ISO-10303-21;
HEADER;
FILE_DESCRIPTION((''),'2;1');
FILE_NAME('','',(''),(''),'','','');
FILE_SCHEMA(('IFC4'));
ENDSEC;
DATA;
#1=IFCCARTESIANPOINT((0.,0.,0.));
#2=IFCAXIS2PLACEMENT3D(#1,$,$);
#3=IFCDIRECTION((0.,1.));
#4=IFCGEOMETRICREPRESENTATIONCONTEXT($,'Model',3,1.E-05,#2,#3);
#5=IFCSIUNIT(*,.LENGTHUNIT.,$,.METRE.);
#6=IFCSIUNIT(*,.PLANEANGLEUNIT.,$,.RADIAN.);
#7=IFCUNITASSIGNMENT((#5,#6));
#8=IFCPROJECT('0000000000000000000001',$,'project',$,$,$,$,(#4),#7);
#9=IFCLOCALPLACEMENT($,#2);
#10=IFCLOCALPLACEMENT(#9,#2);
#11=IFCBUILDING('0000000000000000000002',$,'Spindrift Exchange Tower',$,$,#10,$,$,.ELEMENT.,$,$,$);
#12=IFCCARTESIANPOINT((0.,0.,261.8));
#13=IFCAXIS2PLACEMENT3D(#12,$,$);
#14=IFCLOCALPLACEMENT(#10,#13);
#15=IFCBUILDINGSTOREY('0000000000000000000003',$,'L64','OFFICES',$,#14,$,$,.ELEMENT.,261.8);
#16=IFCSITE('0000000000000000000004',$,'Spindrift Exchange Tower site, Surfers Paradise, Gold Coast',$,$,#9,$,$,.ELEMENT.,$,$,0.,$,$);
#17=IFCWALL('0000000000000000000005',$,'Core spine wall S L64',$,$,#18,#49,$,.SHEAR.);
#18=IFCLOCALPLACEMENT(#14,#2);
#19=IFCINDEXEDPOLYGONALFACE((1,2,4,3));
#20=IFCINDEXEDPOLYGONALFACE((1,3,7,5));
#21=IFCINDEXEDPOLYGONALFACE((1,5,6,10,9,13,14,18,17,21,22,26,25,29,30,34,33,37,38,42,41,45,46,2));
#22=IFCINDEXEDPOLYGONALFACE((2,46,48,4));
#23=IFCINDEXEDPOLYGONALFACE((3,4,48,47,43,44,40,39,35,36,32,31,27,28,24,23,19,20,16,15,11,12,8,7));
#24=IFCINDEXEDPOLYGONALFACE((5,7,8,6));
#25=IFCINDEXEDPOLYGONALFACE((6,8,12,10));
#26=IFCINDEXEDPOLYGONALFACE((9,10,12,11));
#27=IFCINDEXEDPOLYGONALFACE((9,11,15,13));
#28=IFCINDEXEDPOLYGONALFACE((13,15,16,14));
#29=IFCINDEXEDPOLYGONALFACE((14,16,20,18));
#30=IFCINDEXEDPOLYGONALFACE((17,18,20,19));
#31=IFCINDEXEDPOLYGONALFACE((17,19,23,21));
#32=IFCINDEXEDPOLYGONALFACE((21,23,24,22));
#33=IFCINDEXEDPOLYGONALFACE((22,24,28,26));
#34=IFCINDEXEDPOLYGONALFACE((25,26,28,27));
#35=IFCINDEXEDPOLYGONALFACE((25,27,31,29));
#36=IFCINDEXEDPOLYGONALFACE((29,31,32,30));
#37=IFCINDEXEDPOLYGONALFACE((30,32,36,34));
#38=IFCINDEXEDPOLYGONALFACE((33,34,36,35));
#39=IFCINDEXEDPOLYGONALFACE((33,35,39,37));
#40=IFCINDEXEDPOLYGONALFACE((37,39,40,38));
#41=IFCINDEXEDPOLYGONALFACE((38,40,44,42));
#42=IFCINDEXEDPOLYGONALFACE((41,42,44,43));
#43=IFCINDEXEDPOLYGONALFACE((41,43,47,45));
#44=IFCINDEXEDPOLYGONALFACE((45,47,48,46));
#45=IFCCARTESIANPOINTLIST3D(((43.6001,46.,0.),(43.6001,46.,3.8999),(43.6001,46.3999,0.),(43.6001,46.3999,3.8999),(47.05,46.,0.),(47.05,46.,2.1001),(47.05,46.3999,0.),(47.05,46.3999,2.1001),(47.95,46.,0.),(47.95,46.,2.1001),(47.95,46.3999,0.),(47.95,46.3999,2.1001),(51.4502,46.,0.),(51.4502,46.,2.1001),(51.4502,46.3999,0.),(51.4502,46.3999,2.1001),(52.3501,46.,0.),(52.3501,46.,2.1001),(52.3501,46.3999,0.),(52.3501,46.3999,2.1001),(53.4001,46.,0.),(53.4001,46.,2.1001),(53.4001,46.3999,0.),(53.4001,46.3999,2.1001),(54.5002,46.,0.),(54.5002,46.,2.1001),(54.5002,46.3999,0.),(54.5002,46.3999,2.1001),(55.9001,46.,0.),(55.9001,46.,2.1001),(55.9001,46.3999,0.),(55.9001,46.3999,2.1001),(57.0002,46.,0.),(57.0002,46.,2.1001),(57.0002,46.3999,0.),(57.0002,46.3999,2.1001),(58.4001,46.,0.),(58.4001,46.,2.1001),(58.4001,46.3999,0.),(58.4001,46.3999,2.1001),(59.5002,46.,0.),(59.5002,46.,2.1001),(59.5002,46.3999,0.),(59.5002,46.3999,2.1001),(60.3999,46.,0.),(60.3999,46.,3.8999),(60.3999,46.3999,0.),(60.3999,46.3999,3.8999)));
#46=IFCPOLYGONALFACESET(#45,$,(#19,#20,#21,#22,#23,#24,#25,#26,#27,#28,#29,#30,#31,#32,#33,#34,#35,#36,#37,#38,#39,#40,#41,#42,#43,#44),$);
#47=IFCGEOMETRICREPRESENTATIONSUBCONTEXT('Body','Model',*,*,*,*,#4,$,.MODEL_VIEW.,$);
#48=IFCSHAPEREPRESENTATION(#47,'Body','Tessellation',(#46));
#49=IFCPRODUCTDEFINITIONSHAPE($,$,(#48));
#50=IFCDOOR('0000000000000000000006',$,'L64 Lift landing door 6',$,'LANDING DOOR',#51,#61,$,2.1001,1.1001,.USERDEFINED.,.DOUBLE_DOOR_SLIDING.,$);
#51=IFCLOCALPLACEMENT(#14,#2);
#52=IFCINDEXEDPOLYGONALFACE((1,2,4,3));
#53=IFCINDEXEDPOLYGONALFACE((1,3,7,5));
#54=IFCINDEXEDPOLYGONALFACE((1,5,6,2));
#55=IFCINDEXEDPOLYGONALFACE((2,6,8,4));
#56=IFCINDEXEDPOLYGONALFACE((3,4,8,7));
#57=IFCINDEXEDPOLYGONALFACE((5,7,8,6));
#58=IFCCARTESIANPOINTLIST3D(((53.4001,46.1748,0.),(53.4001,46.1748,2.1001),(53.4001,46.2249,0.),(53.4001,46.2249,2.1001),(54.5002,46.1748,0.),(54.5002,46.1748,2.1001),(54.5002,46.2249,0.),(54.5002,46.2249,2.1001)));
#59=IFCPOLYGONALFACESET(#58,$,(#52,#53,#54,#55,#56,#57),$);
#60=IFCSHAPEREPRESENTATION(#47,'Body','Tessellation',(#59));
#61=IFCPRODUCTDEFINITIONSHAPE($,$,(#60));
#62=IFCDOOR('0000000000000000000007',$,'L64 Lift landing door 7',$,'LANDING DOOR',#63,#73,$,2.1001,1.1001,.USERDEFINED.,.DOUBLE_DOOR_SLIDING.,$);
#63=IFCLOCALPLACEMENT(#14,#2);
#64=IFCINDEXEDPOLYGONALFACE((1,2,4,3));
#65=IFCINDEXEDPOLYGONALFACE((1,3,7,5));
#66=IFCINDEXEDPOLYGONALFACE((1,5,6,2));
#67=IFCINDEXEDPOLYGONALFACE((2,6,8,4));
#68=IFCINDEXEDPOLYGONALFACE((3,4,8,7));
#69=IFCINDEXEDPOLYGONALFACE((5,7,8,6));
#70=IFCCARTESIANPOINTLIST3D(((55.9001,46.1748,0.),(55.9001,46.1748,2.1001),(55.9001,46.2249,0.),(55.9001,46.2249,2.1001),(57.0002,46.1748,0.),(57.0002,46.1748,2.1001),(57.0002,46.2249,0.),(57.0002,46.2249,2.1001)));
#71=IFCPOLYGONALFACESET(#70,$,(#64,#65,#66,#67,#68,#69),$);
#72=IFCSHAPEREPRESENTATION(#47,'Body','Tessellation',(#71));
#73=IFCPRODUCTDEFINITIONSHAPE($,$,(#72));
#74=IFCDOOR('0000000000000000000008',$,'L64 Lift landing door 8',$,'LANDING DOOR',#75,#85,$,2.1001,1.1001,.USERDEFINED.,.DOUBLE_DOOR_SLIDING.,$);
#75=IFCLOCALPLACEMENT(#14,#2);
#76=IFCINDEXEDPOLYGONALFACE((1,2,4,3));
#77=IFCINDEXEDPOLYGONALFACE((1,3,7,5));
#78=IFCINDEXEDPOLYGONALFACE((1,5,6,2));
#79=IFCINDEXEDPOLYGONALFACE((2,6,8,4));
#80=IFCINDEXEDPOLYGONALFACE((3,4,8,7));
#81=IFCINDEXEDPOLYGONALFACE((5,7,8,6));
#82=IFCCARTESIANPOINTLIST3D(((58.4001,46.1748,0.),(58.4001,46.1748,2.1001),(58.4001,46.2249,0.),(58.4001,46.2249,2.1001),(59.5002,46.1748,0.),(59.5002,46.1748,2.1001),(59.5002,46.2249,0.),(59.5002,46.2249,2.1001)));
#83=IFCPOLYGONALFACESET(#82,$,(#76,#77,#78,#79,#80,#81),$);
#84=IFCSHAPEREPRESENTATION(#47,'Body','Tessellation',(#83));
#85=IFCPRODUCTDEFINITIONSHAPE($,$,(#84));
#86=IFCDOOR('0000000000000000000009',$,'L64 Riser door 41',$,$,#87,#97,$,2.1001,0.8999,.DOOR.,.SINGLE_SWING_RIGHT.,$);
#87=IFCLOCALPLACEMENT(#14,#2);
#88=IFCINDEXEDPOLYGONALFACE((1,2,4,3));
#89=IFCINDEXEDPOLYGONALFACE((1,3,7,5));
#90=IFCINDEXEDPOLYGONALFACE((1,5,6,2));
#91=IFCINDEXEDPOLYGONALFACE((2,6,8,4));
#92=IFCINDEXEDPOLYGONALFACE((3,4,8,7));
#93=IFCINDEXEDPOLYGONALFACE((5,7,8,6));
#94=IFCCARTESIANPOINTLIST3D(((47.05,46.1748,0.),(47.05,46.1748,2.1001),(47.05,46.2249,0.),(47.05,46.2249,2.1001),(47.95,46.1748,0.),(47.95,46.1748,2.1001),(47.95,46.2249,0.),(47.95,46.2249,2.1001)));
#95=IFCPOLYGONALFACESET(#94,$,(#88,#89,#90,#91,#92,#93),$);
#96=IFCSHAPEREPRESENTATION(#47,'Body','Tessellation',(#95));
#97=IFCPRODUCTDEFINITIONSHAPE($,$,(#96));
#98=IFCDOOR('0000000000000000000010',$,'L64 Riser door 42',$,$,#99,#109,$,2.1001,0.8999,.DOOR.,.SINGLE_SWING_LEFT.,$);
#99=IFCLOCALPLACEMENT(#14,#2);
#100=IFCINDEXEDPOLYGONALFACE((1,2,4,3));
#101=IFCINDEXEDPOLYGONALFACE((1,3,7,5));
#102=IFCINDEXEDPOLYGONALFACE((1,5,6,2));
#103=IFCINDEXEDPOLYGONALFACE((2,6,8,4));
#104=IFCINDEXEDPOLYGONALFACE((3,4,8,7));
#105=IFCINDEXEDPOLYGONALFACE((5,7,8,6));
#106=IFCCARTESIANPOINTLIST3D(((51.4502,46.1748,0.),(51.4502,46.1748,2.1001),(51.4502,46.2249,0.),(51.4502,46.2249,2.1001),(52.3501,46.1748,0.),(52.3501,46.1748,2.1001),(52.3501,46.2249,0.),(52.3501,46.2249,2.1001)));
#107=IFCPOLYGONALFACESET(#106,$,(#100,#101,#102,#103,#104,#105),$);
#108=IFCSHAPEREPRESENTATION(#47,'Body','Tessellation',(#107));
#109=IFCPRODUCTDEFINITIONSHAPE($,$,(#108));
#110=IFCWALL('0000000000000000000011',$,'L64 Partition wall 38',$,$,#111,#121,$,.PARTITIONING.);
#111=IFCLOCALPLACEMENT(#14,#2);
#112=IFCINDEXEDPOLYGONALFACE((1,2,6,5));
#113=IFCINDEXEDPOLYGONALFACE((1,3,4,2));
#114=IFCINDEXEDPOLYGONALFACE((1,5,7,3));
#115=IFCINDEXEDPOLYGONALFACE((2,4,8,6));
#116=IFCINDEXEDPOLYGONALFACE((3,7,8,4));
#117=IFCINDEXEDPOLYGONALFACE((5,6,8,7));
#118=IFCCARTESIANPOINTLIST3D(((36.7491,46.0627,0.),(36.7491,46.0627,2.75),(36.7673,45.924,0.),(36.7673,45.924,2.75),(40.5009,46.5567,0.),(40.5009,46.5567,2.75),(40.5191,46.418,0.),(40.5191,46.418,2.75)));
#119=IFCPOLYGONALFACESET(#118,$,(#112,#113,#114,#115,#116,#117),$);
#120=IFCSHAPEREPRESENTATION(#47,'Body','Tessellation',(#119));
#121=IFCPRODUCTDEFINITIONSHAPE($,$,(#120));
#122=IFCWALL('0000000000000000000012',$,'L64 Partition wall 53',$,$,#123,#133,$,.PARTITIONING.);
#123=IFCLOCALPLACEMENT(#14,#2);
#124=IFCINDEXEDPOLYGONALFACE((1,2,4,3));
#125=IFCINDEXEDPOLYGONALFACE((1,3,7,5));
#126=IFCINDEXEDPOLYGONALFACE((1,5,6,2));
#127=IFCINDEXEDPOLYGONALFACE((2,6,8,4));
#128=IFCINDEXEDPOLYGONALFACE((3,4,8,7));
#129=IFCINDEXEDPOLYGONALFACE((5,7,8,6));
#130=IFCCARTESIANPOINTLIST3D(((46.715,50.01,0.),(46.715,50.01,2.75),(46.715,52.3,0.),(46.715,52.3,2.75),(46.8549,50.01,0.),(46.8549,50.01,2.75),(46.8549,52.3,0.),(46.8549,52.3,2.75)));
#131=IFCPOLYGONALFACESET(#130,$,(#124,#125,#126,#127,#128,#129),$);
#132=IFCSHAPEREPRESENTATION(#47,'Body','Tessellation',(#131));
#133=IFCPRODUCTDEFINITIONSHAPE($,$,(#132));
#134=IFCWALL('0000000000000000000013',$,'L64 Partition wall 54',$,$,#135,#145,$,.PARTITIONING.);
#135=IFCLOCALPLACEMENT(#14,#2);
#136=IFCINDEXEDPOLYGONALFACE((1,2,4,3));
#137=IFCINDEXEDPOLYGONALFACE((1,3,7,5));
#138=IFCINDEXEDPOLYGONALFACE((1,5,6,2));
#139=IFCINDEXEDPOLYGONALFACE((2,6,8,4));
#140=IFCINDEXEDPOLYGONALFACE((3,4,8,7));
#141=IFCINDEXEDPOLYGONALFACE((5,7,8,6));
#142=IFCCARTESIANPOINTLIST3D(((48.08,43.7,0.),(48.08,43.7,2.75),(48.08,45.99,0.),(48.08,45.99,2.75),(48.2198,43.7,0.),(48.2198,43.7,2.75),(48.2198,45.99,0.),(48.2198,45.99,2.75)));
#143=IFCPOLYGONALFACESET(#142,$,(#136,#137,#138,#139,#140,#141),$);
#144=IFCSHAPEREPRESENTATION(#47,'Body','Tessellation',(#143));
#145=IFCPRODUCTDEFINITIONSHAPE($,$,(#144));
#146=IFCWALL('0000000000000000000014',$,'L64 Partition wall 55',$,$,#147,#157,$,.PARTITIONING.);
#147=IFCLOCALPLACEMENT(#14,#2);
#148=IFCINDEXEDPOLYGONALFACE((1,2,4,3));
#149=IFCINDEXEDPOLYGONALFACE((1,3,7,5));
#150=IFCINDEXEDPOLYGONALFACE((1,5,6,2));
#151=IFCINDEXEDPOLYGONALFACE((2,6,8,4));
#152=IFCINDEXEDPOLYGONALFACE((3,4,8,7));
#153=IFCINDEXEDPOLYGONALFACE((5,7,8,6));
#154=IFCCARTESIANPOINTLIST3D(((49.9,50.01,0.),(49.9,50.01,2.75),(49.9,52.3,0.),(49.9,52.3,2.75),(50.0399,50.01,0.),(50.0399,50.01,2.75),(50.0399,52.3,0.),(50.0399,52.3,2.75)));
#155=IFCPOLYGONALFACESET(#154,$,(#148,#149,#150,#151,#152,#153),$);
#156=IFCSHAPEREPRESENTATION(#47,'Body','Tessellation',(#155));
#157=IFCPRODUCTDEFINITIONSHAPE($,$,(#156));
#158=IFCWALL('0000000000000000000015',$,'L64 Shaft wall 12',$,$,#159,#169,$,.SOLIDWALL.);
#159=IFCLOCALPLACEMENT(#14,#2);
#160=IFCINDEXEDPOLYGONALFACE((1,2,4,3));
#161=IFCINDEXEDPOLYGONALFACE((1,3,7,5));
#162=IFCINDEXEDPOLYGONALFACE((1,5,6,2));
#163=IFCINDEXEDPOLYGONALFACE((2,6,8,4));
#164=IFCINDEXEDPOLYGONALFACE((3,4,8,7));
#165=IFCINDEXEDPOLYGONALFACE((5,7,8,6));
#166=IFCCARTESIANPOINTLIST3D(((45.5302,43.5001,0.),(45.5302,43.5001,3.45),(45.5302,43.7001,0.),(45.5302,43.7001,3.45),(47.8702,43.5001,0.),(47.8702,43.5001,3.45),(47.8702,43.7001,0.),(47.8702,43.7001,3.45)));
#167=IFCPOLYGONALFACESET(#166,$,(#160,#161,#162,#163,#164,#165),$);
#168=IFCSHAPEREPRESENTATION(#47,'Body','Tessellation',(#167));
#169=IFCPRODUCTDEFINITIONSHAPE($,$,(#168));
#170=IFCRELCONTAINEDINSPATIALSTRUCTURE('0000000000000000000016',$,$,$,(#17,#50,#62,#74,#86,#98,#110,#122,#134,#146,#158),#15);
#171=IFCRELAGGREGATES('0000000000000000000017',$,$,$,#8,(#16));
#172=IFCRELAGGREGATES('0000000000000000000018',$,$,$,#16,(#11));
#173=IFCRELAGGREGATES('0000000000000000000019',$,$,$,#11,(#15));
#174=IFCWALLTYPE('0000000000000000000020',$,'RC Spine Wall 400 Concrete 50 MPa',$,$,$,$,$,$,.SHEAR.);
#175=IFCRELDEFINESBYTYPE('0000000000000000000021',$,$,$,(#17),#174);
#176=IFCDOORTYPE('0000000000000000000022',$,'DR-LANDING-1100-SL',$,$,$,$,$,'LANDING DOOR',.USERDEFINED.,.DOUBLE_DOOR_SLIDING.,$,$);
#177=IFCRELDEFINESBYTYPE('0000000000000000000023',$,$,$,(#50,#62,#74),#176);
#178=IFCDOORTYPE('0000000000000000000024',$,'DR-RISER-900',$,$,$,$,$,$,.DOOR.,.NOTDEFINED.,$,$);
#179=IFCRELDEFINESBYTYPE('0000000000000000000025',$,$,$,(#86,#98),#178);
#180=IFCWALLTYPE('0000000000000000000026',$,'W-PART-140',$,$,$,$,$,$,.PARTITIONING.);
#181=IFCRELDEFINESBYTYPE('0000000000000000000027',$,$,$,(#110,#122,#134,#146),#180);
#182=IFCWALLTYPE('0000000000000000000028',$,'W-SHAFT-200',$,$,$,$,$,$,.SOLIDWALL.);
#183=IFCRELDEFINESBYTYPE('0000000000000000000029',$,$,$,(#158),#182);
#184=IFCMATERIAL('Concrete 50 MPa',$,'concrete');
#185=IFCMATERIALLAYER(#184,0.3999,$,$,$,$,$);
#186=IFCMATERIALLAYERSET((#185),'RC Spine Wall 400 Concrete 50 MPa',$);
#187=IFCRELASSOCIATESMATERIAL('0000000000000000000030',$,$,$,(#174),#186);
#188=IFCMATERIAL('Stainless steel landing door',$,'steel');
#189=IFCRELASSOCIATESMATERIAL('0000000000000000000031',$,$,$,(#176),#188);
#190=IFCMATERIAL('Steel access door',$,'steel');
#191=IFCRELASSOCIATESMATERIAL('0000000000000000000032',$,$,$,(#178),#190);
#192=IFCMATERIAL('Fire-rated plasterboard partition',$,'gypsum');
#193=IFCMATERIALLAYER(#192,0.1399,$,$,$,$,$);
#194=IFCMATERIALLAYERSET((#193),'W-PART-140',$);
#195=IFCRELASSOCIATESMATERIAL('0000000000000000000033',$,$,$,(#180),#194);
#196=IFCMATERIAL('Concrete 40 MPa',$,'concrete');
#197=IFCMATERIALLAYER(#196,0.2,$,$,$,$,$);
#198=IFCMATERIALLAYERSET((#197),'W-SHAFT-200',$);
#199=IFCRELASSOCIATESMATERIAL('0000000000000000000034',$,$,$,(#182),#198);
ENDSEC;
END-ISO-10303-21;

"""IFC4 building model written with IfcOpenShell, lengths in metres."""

from ifc_helpers import new_model, si_unit, direction, frame, frame_2d, origin, place, context, subcontext, project, spatial, rectangle, extrude, source, transform, mapped, material, layer, layer_set, type_object, element, fill, save


model = new_model("IFC4")

# Units and contexts
model_context = context("Model", 3, precision=1e-05, world=origin(), true_north=direction((0.0, 1.0)))
body_context = subcontext(model_context, "Body", "Model", "MODEL_VIEW")
ifc_project = project(units=[si_unit("LENGTHUNIT", "METRE"), si_unit("PLANEANGLEUNIT", "RADIAN")], contexts=[model_context])

# Site, building, storey
site_placement = place(None, origin())
site = spatial("IfcSite", under=ifc_project, at=site_placement, Name="Spindrift Exchange Tower site, Surfers Paradise, Gold Coast", CompositionType="ELEMENT", RefElevation=0.0)
building_placement = place(site_placement, origin())
building = spatial("IfcBuilding", under=site, at=building_placement, Name="Spindrift Exchange Tower", CompositionType="ELEMENT")
storey_placement = place(building_placement, frame((0.0, 0.0, 261.8)))
storey = spatial("IfcBuildingStorey", under=building, at=storey_placement, Name="L64", Description="OFFICES", CompositionType="ELEMENT", Elevation=261.8)

# Wall, openings, doors
ifc_material_1 = material(Name="Concrete 50 MPa", Category="concrete")
ifc_layer_1 = layer(ifc_material_1, 0.3999)
ifc_layer_set_1 = layer_set([ifc_layer_1], Name="RC Spine Wall 400 Concrete 50 MPa")
wall_type_1 = type_object("IfcWallType", Name="RC Spine Wall 400 Concrete 50 MPa", PredefinedType="SHEAR", material=ifc_layer_set_1)
ifc_material_2 = material(Name="Stainless steel landing door", Category="steel")
door_type_1 = type_object("IfcDoorType", Name="DR-LANDING-1100-SL", ElementType="LANDING DOOR", OperationType="DOUBLE_DOOR_SLIDING", PredefinedType="USERDEFINED", material=ifc_material_2)
shared_shape_1 = source(origin(), body_context, "Body", "SweptSolid", [
    extrude(rectangle(XDim=1.1001, YDim=2.1001, at=frame_2d((0.55, 1.05))), frame((0.0, 0.0249, 0.0), z_axis=(0.0, -1.0, 0.0), x_axis=(1.0, 0.0, 0.0)), (0.0, 0.0, 1.0), 0.05),
])
ifc_material_3 = material(Name="Steel access door", Category="steel")
door_type_2 = type_object("IfcDoorType", Name="DR-RISER-900", OperationType="NOTDEFINED", PredefinedType="DOOR", material=ifc_material_3)
shared_shape_2 = source(origin(), body_context, "Body", "SweptSolid", [
    extrude(rectangle(XDim=0.8999, YDim=2.1001, at=frame_2d((0.45, 1.05))), frame((0.0, 0.0249, 0.0), z_axis=(0.0, -1.0, 0.0), x_axis=(1.0, 0.0, 0.0)), (0.0, 0.0, 1.0), 0.05),
])
wall_1_placement = place(storey_placement, frame((43.6001, 46.2, 0.0), z_axis=(0.0, 0.0, 1.0), x_axis=(1.0, 0.0, 0.0)))
wall_1 = element("IfcWall", 1, at=wall_1_placement, inside=storey, type_object=wall_type_1, Name="Core spine wall S L64", PredefinedType="SHEAR", context=body_context, shape_type="SweptSolid", body=[
    extrude(rectangle(XDim=16.7998, YDim=0.3999, at=frame_2d((8.3999, 0.0))), origin(), (0.0, 0.0, 1.0), 3.8999),
])
opening_1_placement = place(wall_1_placement, frame((9.8, 0.0, 0.0)))
opening_1 = element("IfcOpeningElement", 2, at=opening_1_placement, cuts=wall_1, PredefinedType="OPENING", context=body_context, shape_type="SweptSolid", body=[
    extrude(rectangle(XDim=1.1001, YDim=2.1001, at=frame_2d((0.55, 1.05))), frame((0.0, 0.21, 0.0), z_axis=(0.0, -1.0, 0.0), x_axis=(1.0, 0.0, 0.0)), (0.0, 0.0, 1.0), 0.4199),
])
opening_2_placement = place(wall_1_placement, frame((12.3, 0.0, 0.0)))
opening_2 = element("IfcOpeningElement", 3, at=opening_2_placement, cuts=wall_1, PredefinedType="OPENING", context=body_context, shape_type="SweptSolid", body=[
    extrude(rectangle(XDim=1.1001, YDim=2.1001, at=frame_2d((0.55, 1.05))), frame((0.0, 0.21, 0.0), z_axis=(0.0, -1.0, 0.0), x_axis=(1.0, 0.0, 0.0)), (0.0, 0.0, 1.0), 0.4199),
])
opening_3_placement = place(wall_1_placement, frame((14.8, 0.0, 0.0)))
opening_3 = element("IfcOpeningElement", 4, at=opening_3_placement, cuts=wall_1, PredefinedType="OPENING", context=body_context, shape_type="SweptSolid", body=[
    extrude(rectangle(XDim=1.1001, YDim=2.1001, at=frame_2d((0.55, 1.05))), frame((0.0, 0.21, 0.0), z_axis=(0.0, -1.0, 0.0), x_axis=(1.0, 0.0, 0.0)), (0.0, 0.0, 1.0), 0.4199),
])
opening_4_placement = place(wall_1_placement, frame((3.45, 0.0, 0.0)))
opening_4 = element("IfcOpeningElement", 5, at=opening_4_placement, cuts=wall_1, PredefinedType="OPENING", context=body_context, shape_type="SweptSolid", body=[
    extrude(rectangle(XDim=0.8999, YDim=2.1001, at=frame_2d((0.45, 1.05))), frame((0.0, 0.21, 0.0), z_axis=(0.0, -1.0, 0.0), x_axis=(1.0, 0.0, 0.0)), (0.0, 0.0, 1.0), 0.4199),
])
opening_5_placement = place(wall_1_placement, frame((7.8501, 0.0, 0.0)))
opening_5 = element("IfcOpeningElement", 6, at=opening_5_placement, cuts=wall_1, PredefinedType="OPENING", context=body_context, shape_type="SweptSolid", body=[
    extrude(rectangle(XDim=0.8999, YDim=2.1001, at=frame_2d((0.45, 1.05))), frame((0.0, 0.21, 0.0), z_axis=(0.0, -1.0, 0.0), x_axis=(1.0, 0.0, 0.0)), (0.0, 0.0, 1.0), 0.4199),
])
door_1_placement = place(opening_1_placement, origin())
door_1 = element("IfcDoor", 7, at=door_1_placement, inside=storey, type_object=door_type_1, Name="L64 Lift landing door 6", ObjectType="LANDING DOOR", OperationType="DOUBLE_DOOR_SLIDING", OverallHeight=2.1001, OverallWidth=1.1001, PredefinedType="USERDEFINED", context=body_context, shape_type="MappedRepresentation", body=[
    mapped(shared_shape_1, transform((0.0, 0.0, 0.0), scale=1.0)),
])
fill(opening_1, door_1)
door_2_placement = place(opening_2_placement, origin())
door_2 = element("IfcDoor", 8, at=door_2_placement, inside=storey, type_object=door_type_1, Name="L64 Lift landing door 7", ObjectType="LANDING DOOR", OperationType="DOUBLE_DOOR_SLIDING", OverallHeight=2.1001, OverallWidth=1.1001, PredefinedType="USERDEFINED", context=body_context, shape_type="MappedRepresentation", body=[
    mapped(shared_shape_1, transform((0.0, 0.0, 0.0), scale=1.0)),
])
fill(opening_2, door_2)
door_3_placement = place(opening_3_placement, origin())
door_3 = element("IfcDoor", 9, at=door_3_placement, inside=storey, type_object=door_type_1, Name="L64 Lift landing door 8", ObjectType="LANDING DOOR", OperationType="DOUBLE_DOOR_SLIDING", OverallHeight=2.1001, OverallWidth=1.1001, PredefinedType="USERDEFINED", context=body_context, shape_type="MappedRepresentation", body=[
    mapped(shared_shape_1, transform((0.0, 0.0, 0.0), scale=1.0)),
])
fill(opening_3, door_3)
door_4_placement = place(opening_4_placement, origin())
door_4 = element("IfcDoor", 10, at=door_4_placement, inside=storey, type_object=door_type_2, Name="L64 Riser door 41", OperationType="SINGLE_SWING_RIGHT", OverallHeight=2.1001, OverallWidth=0.8999, PredefinedType="DOOR", context=body_context, shape_type="MappedRepresentation", body=[
    mapped(shared_shape_2, transform((0.0, 0.0, 0.0), scale=1.0)),
])
fill(opening_4, door_4)
door_5_placement = place(opening_5_placement, origin())
door_5 = element("IfcDoor", 11, at=door_5_placement, inside=storey, type_object=door_type_2, Name="L64 Riser door 42", OperationType="SINGLE_SWING_LEFT", OverallHeight=2.1001, OverallWidth=0.8999, PredefinedType="DOOR", context=body_context, shape_type="MappedRepresentation", body=[
    mapped(shared_shape_2, transform((0.0, 0.0, 0.0), scale=1.0)),
])
fill(opening_5, door_5)

# Walls
ifc_material_4 = material(Name="Fire-rated plasterboard partition", Category="gypsum")
ifc_layer_2 = layer(ifc_material_4, 0.1399)
ifc_layer_set_2 = layer_set([ifc_layer_2], Name="W-PART-140")
wall_type_2 = type_object("IfcWallType", Name="W-PART-140", PredefinedType="PARTITIONING", material=ifc_layer_set_2)
wall_2_placement = place(storey_placement, frame((40.51, 46.4873, 0.0), z_axis=(0.0, 0.0, 1.0), x_axis=(-0.991446, -0.13052, 0.0)))
element("IfcWall", 12, at=wall_2_placement, inside=storey, type_object=wall_type_2, Name="L64 Partition wall 38", PredefinedType="PARTITIONING", context=body_context, shape_type="SweptSolid", body=[
    extrude(rectangle(XDim=3.7842, YDim=0.1399, at=frame_2d((1.8921, 0.0))), origin(), (0.0, 0.0, 1.0), 2.75),
])
for number, where, z_axis, x_axis, name in (
    (13, (46.7849, 50.01, 0.0), (0.0, 0.0, 1.0), (0.0, 1.0, 0.0), "L64 Partition wall 53"),
    (14, (48.1499, 43.7, 0.0), (0.0, 0.0, 1.0), (0.0, 1.0, 0.0), "L64 Partition wall 54"),
    (15, (49.97, 50.01, 0.0), (0.0, 0.0, 1.0), (0.0, 1.0, 0.0), "L64 Partition wall 55"),
):
    element("IfcWall", number, at=place(storey_placement, frame(where, z_axis=z_axis, x_axis=x_axis)), inside=storey, type_object=wall_type_2, Name=name, PredefinedType="PARTITIONING", context=body_context, shape_type="SweptSolid", body=[
        extrude(rectangle(XDim=2.29, YDim=0.1399, at=frame_2d((1.145, 0.0))), origin(), (0.0, 0.0, 1.0), 2.75),
    ])
ifc_material_5 = material(Name="Concrete 40 MPa", Category="concrete")
ifc_layer_3 = layer(ifc_material_5, 0.2)
ifc_layer_set_3 = layer_set([ifc_layer_3], Name="W-SHAFT-200")
wall_type_3 = type_object("IfcWallType", Name="W-SHAFT-200", PredefinedType="SOLIDWALL", material=ifc_layer_set_3)
wall_3_placement = place(storey_placement, frame((47.8701, 43.6001, 0.0), z_axis=(0.0, 0.0, 1.0), x_axis=(-1.0, 0.0, 0.0)))
element("IfcWall", 16, at=wall_3_placement, inside=storey, type_object=wall_type_3, Name="L64 Shaft wall 12", PredefinedType="SOLIDWALL", context=body_context, shape_type="SweptSolid", body=[
    extrude(rectangle(XDim=2.3401, YDim=0.2, at=frame_2d((1.1699, 0.0))), origin(), (0.0, 0.0, 1.0), 3.45),
])

save(model, "model.ifc")
